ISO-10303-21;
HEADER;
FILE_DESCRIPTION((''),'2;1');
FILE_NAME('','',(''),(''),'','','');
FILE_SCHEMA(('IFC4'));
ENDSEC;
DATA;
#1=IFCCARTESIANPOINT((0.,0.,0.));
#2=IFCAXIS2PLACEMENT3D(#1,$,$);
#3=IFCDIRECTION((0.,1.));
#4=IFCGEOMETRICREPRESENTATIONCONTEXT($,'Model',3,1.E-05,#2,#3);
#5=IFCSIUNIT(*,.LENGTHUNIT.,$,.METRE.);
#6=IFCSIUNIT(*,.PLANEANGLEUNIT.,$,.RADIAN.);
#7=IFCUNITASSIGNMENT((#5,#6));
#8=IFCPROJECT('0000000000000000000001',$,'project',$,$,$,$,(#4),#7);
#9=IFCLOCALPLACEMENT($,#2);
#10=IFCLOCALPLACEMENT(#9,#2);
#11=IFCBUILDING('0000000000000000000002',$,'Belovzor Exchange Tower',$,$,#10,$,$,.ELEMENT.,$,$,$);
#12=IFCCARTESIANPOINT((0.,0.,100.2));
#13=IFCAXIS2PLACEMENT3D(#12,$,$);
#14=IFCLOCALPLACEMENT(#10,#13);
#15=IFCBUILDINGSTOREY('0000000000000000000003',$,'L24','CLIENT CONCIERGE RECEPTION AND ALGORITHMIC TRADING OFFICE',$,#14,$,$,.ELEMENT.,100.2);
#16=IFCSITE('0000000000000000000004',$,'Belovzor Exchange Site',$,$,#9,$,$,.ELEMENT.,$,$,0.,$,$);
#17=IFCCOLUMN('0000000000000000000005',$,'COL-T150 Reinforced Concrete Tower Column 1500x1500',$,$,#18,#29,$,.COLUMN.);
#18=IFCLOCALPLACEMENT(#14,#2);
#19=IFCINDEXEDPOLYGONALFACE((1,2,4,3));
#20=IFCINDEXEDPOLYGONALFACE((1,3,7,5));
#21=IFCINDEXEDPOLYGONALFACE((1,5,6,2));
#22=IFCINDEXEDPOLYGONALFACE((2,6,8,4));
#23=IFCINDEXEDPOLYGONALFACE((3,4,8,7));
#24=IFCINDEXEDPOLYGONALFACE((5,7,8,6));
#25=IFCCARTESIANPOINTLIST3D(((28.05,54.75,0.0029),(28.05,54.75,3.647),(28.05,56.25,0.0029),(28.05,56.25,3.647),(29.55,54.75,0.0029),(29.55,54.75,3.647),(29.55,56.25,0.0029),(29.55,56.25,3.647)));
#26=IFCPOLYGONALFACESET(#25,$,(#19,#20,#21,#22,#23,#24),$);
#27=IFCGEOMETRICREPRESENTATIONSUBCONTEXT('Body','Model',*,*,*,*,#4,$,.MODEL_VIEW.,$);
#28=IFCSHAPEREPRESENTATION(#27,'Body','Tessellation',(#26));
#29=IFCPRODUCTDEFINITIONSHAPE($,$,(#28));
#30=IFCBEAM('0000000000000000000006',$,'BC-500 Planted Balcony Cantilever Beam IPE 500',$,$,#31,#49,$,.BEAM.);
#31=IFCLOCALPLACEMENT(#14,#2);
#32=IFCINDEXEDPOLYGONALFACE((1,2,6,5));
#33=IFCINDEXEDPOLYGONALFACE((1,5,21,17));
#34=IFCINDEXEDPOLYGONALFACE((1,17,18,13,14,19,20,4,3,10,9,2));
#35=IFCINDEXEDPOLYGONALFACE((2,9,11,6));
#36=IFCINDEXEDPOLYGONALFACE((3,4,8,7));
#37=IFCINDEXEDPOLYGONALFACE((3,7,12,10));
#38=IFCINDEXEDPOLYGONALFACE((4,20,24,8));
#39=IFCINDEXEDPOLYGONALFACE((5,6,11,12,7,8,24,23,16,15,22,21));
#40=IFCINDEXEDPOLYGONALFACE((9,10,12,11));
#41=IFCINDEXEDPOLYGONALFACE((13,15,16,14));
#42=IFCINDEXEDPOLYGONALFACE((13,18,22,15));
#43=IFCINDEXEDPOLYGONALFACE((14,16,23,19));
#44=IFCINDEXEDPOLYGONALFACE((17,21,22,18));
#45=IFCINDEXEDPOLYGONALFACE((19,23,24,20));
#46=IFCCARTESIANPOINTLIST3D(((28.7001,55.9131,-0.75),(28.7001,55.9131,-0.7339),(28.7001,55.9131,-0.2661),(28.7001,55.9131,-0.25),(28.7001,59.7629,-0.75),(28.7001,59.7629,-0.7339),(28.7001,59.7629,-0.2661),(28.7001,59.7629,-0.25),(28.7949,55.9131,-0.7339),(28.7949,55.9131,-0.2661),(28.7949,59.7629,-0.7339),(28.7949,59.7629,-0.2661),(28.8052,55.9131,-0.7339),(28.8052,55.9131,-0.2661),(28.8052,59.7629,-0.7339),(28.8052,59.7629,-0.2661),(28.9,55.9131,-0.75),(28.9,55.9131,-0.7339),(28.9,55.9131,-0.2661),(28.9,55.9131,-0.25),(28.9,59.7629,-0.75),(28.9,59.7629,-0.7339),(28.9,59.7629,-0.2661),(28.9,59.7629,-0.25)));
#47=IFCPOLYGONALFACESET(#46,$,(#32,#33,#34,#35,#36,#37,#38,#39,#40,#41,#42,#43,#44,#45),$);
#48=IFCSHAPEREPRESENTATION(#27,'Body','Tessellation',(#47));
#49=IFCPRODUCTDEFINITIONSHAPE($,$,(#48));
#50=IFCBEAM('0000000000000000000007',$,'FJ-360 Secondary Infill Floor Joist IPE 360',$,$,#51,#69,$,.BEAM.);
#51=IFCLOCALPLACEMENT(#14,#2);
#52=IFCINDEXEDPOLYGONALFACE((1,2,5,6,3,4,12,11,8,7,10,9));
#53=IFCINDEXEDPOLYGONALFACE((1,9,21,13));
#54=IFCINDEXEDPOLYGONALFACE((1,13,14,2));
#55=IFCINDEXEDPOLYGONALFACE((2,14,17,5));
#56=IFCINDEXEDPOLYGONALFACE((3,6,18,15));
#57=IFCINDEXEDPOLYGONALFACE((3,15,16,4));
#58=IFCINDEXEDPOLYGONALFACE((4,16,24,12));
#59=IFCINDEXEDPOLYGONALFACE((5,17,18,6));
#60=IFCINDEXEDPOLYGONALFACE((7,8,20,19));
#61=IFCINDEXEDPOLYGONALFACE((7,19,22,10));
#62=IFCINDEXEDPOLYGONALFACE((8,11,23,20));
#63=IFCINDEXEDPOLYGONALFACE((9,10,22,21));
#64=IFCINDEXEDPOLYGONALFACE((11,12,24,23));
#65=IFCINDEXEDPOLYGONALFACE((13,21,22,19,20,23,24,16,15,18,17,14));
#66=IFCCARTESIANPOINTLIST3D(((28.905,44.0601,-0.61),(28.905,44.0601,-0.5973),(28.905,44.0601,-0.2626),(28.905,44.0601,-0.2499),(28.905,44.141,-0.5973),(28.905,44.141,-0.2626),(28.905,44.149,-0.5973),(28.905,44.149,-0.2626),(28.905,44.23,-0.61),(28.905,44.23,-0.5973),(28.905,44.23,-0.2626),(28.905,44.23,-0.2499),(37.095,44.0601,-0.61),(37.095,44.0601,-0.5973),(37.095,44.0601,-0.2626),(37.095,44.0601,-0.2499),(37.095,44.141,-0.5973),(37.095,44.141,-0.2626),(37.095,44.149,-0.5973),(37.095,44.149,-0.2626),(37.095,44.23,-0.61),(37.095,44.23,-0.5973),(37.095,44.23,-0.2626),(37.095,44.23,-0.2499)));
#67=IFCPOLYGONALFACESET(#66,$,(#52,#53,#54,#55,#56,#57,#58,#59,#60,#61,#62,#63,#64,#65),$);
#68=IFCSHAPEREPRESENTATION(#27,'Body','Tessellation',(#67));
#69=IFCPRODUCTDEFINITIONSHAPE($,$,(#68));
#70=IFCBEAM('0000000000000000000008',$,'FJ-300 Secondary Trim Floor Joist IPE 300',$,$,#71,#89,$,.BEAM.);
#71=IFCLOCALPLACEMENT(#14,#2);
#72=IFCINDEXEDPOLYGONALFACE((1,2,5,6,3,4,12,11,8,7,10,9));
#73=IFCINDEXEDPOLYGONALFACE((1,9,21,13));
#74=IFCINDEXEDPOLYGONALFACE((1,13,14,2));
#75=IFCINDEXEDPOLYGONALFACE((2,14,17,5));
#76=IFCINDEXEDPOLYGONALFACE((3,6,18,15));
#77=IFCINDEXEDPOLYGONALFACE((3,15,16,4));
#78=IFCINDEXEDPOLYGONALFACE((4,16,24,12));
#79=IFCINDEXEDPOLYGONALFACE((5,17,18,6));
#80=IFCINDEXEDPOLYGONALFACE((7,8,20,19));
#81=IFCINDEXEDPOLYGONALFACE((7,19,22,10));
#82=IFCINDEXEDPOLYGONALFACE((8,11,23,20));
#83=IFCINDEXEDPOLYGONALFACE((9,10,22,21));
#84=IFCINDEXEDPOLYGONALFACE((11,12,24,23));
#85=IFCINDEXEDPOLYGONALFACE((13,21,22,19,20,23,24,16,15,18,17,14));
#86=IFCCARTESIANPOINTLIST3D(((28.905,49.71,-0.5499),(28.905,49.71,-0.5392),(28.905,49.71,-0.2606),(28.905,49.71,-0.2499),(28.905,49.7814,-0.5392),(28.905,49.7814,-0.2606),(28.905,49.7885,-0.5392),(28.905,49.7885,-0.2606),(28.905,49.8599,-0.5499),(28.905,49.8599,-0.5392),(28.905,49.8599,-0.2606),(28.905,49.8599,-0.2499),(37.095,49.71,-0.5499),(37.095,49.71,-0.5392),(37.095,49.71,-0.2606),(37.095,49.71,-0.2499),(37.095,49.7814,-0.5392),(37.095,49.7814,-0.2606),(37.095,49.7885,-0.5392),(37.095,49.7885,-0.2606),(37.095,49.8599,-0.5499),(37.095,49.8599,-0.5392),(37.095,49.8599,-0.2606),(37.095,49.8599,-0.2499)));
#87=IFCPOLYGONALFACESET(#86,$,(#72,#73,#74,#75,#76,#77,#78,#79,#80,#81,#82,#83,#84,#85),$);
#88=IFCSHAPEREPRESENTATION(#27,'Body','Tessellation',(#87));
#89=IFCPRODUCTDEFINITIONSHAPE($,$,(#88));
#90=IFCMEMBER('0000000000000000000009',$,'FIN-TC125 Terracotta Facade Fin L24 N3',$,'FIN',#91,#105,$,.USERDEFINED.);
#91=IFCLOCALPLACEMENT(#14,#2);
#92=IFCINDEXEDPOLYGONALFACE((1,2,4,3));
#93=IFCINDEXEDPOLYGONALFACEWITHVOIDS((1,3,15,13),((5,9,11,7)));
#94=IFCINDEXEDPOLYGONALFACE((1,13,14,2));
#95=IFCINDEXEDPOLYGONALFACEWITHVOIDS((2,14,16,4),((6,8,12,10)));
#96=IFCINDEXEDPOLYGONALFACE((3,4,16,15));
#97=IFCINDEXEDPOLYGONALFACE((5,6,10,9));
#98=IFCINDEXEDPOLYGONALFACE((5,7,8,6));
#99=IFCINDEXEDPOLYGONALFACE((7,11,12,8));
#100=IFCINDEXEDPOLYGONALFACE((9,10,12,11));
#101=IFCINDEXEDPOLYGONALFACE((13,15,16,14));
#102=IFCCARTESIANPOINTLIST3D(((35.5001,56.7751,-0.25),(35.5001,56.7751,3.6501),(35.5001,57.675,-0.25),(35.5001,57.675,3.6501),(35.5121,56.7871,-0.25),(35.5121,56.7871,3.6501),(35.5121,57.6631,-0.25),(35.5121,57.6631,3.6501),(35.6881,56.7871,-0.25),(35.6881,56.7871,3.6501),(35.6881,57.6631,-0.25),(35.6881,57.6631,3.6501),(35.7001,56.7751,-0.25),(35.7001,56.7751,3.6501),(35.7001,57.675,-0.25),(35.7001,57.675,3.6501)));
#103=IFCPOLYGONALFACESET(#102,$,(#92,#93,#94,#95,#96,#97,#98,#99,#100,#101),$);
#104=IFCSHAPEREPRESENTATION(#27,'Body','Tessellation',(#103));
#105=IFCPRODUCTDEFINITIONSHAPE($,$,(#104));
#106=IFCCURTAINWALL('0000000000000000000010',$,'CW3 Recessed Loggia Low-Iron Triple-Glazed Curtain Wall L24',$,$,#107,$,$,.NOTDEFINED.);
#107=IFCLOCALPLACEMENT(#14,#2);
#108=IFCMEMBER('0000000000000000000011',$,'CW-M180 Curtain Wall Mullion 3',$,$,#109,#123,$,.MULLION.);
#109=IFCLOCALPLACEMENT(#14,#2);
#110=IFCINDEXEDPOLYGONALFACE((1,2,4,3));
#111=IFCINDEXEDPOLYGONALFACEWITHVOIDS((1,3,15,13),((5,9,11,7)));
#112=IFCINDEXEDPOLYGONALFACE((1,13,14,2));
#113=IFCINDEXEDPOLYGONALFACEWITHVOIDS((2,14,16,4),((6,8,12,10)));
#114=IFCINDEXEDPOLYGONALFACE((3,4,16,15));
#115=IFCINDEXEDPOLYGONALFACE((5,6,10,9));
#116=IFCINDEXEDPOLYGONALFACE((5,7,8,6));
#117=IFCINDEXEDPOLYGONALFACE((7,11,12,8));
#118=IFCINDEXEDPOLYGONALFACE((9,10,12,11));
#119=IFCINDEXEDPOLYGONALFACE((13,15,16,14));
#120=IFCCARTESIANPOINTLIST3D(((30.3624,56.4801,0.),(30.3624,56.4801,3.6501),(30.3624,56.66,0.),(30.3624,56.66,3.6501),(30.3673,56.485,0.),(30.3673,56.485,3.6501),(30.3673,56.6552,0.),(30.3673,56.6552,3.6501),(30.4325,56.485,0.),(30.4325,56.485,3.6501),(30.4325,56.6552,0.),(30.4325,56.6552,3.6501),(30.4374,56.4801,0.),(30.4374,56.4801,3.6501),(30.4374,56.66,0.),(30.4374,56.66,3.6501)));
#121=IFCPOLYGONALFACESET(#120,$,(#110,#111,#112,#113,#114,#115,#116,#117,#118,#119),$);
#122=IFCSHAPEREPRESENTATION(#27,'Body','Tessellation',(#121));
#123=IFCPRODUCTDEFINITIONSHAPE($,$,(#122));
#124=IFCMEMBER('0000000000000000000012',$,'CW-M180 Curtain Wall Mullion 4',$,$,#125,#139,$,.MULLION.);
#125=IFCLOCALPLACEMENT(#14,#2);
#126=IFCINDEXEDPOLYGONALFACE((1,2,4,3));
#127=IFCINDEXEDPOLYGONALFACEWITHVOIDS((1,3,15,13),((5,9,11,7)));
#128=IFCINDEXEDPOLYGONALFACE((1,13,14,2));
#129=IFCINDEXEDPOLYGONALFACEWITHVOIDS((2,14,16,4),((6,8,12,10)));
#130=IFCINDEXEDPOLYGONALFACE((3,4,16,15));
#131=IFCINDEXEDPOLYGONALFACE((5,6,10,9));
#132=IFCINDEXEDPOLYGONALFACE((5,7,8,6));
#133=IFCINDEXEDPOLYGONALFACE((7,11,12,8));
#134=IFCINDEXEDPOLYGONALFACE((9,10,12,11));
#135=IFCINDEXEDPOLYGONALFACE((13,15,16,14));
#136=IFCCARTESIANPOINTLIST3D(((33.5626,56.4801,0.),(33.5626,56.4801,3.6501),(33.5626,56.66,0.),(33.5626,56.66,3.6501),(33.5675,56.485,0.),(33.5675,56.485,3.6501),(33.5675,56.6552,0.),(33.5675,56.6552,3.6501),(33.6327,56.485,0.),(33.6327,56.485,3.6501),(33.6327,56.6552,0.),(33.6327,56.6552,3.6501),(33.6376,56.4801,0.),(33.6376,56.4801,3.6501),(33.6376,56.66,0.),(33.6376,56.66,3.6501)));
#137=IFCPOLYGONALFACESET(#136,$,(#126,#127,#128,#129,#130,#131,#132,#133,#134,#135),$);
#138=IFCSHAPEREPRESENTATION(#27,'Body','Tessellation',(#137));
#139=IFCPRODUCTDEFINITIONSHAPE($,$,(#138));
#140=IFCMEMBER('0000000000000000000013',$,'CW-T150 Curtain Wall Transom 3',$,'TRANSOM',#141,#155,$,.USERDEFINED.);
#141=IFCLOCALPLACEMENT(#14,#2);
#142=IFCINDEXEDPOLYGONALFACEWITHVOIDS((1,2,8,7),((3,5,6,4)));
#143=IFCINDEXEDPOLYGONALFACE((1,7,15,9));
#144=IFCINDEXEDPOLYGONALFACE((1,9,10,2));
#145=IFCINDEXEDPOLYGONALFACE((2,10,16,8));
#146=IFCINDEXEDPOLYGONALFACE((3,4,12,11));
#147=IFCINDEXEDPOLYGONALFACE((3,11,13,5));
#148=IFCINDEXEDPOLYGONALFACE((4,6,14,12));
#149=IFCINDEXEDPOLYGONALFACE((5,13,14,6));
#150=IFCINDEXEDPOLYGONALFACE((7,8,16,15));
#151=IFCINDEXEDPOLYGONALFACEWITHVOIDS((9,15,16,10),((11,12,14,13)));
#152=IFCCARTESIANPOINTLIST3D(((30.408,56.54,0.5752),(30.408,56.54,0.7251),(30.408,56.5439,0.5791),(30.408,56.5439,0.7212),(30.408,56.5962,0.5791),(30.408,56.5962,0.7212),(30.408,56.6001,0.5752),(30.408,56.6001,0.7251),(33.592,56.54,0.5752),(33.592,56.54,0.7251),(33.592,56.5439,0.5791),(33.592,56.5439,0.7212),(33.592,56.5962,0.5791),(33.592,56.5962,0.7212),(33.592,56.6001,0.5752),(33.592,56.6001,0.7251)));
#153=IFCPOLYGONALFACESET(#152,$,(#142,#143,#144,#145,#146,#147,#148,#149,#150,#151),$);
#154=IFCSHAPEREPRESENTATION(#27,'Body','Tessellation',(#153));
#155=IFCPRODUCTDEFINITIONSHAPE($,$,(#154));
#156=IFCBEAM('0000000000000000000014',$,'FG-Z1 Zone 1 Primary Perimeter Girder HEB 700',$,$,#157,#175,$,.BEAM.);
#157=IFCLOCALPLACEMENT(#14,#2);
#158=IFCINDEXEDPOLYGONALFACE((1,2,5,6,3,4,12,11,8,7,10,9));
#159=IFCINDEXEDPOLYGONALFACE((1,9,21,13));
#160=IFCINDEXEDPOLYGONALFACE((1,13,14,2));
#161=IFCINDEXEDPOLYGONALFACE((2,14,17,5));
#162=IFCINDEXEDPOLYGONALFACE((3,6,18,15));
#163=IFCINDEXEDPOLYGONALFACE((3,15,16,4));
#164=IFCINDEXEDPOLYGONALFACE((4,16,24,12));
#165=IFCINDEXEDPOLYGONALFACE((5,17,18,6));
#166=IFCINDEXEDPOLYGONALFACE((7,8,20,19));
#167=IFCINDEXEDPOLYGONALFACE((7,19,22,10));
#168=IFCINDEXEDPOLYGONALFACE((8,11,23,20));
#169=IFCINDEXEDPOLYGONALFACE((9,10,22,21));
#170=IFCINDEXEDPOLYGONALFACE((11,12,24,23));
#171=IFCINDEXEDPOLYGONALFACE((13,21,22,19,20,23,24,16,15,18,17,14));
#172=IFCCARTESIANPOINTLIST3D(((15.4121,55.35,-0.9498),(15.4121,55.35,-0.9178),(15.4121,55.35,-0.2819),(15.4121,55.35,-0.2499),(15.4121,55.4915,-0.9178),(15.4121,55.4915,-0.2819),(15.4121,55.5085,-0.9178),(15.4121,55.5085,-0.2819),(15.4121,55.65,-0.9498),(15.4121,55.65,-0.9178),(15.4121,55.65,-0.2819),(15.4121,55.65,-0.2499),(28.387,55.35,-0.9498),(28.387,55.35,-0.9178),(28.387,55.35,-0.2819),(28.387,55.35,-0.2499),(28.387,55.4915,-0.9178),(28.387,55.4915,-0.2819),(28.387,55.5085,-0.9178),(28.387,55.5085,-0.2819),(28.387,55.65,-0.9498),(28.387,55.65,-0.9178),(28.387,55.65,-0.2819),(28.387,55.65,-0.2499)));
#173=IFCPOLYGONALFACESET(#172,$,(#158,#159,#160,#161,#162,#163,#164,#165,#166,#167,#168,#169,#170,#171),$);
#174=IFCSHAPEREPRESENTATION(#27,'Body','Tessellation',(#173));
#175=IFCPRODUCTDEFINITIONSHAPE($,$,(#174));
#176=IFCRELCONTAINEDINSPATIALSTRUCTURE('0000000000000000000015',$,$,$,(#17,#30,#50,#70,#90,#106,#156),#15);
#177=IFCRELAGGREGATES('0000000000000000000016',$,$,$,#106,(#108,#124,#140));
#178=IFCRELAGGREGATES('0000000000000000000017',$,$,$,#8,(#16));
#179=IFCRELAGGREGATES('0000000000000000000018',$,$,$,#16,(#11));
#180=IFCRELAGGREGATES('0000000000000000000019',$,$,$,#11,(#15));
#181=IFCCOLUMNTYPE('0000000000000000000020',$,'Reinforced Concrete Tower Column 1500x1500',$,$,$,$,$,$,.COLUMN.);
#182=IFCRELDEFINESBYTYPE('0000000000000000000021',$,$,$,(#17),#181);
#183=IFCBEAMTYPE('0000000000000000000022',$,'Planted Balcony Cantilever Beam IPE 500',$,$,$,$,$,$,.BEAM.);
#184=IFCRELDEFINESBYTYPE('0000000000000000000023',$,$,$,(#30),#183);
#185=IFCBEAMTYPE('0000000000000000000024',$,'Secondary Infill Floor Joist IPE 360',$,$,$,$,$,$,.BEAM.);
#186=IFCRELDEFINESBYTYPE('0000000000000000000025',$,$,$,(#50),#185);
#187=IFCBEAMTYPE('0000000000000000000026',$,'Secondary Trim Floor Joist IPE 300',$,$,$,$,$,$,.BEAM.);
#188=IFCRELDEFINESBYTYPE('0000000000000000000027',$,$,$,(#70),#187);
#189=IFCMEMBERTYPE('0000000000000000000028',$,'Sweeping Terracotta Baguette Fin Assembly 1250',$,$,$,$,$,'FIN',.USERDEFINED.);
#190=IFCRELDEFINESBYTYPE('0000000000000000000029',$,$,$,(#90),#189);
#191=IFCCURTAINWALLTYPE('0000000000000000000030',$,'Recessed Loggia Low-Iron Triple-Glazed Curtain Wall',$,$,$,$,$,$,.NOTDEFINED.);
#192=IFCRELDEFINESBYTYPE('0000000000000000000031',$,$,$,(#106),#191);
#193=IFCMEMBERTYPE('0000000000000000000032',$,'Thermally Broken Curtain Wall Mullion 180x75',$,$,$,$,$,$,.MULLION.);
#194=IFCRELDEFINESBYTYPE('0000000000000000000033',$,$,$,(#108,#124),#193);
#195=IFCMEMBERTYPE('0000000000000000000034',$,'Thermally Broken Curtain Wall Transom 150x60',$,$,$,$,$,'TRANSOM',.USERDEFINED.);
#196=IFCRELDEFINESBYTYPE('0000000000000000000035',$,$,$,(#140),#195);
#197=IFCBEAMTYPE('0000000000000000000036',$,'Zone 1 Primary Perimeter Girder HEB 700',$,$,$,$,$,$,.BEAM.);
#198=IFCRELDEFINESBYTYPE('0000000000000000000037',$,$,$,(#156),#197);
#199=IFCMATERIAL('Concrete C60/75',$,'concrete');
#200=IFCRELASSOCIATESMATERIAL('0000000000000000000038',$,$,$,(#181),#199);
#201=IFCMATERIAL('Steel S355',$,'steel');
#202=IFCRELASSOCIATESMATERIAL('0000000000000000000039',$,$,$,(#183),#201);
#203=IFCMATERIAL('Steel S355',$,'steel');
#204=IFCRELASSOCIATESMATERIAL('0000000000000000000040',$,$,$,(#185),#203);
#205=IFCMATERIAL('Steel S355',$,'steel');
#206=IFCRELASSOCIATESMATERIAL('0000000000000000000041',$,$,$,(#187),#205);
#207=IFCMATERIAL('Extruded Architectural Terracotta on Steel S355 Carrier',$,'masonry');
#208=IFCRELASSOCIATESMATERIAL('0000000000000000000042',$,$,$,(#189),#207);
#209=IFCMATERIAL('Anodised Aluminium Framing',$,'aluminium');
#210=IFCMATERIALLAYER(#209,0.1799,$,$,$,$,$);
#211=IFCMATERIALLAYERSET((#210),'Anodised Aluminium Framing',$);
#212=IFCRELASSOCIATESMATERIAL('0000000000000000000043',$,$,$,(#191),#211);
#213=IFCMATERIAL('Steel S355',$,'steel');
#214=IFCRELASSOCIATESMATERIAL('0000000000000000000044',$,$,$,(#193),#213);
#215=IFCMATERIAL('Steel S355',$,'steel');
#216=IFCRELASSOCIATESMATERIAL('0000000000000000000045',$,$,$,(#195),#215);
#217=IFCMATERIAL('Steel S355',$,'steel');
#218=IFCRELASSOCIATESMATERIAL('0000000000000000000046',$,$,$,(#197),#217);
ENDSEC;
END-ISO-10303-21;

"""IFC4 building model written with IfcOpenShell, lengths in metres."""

from ifc_helpers import new_model, si_unit, direction, frame, origin, origin_2d, place, context, subcontext, project, spatial, rectangle, hollow_rectangle, i_section, extrude, material, layer, layer_set, material_profile, profile_set, type_object, element, aggregate, save


model = new_model("IFC4")

# Units and contexts
model_context = context("Model", 3, precision=1e-05, world=origin(), true_north=direction((0.0, 1.0)))
body_context = subcontext(model_context, "Body", "Model", "MODEL_VIEW")
ifc_project = project(units=[si_unit("LENGTHUNIT", "METRE"), si_unit("PLANEANGLEUNIT", "RADIAN")], contexts=[model_context])

# Site, building, storey
site_placement = place(None, origin())
site = spatial("IfcSite", under=ifc_project, at=site_placement, Name="Belovzor Exchange Site", CompositionType="ELEMENT", RefElevation=0.0)
building_placement = place(site_placement, origin())
building = spatial("IfcBuilding", under=site, at=building_placement, Name="Belovzor Exchange Tower", CompositionType="ELEMENT")
storey_placement = place(building_placement, frame((0.0, 0.0, 100.2)))
storey = spatial("IfcBuildingStorey", under=building, at=storey_placement, Name="L24", Description="CLIENT CONCIERGE RECEPTION AND ALGORITHMIC TRADING OFFICE", CompositionType="ELEMENT", Elevation=100.2)

# Column
ifc_material_1 = material(Name="Concrete C60/75", Category="concrete")
ifc_material_profile_1 = material_profile(ifc_material_1, rectangle(XDim=1.5, YDim=1.5, at=origin_2d()))
ifc_profile_set_1 = profile_set([ifc_material_profile_1], Name="Concrete C60/75")
column_type = type_object("IfcColumnType", Name="Reinforced Concrete Tower Column 1500x1500", PredefinedType="COLUMN", material=ifc_profile_set_1)
column_placement = place(storey_placement, frame((28.8, 55.5, 0.0029), z_axis=(0.0, 0.0, 1.0), x_axis=(1.0, 0.0, 0.0)))
element("IfcColumn", 1, at=column_placement, inside=storey, type_object=column_type, Name="COL-T150 Reinforced Concrete Tower Column 1500x1500", PredefinedType="COLUMN", context=body_context, shape_type="SweptSolid", body=[
    extrude(rectangle(XDim=1.5, YDim=1.5, at=origin_2d()), origin(), (0.0, 0.0, 1.0), 3.644),
])

# Beams
ifc_material_2 = material(Name="Steel S355", Category="steel")
ifc_material_profile_2 = material_profile(ifc_material_2, i_section(OverallWidth=0.2, OverallDepth=0.5, WebThickness=0.0103, FlangeThickness=0.0161, at=origin_2d()))
ifc_profile_set_2 = profile_set([ifc_material_profile_2], Name="Steel S355")
beam_type_1 = type_object("IfcBeamType", Name="Planted Balcony Cantilever Beam IPE 500", PredefinedType="BEAM", material=ifc_profile_set_2)
beam_1_placement = place(storey_placement, frame((28.8, 55.9131, -0.5), z_axis=(0.0, 1.0, 0.0), x_axis=(-1.0, 0.0, 0.0)))
element("IfcBeam", 2, at=beam_1_placement, inside=storey, type_object=beam_type_1, Name="BC-500 Planted Balcony Cantilever Beam IPE 500", PredefinedType="BEAM", context=body_context, shape_type="SweptSolid", body=[
    extrude(i_section(OverallWidth=0.2, OverallDepth=0.5, WebThickness=0.0103, FlangeThickness=0.0161, at=origin_2d()), origin(), (0.0, 0.0, 1.0), 3.8499),
])
ifc_material_3 = material(Name="Steel S355", Category="steel")
ifc_material_profile_3 = material_profile(ifc_material_3, i_section(OverallWidth=0.1699, OverallDepth=0.3601, WebThickness=0.0081, FlangeThickness=0.0127, at=origin_2d()))
ifc_profile_set_3 = profile_set([ifc_material_profile_3], Name="Steel S355")
beam_type_2 = type_object("IfcBeamType", Name="Secondary Infill Floor Joist IPE 360", PredefinedType="BEAM", material=ifc_profile_set_3)
beam_2_placement = place(storey_placement, frame((28.905, 44.145, -0.4299), z_axis=(1.0, 0.0, 0.0), x_axis=(0.0, 1.0, 0.0)))
element("IfcBeam", 3, at=beam_2_placement, inside=storey, type_object=beam_type_2, Name="FJ-360 Secondary Infill Floor Joist IPE 360", PredefinedType="BEAM", context=body_context, shape_type="SweptSolid", body=[
    extrude(i_section(OverallWidth=0.1699, OverallDepth=0.3601, WebThickness=0.0081, FlangeThickness=0.0127, at=origin_2d()), origin(), (0.0, 0.0, 1.0), 8.1899),
])
ifc_material_4 = material(Name="Steel S355", Category="steel")
ifc_material_profile_4 = material_profile(ifc_material_4, i_section(OverallWidth=0.1499, OverallDepth=0.3, WebThickness=0.0071, FlangeThickness=0.0107, at=origin_2d()))
ifc_profile_set_4 = profile_set([ifc_material_profile_4], Name="Steel S355")
beam_type_3 = type_object("IfcBeamType", Name="Secondary Trim Floor Joist IPE 300", PredefinedType="BEAM", material=ifc_profile_set_4)
beam_3_placement = place(storey_placement, frame((28.905, 49.7849, -0.3999), z_axis=(1.0, 0.0, 0.0), x_axis=(0.0, 1.0, 0.0)))
element("IfcBeam", 4, at=beam_3_placement, inside=storey, type_object=beam_type_3, Name="FJ-300 Secondary Trim Floor Joist IPE 300", PredefinedType="BEAM", context=body_context, shape_type="SweptSolid", body=[
    extrude(i_section(OverallWidth=0.1499, OverallDepth=0.3, WebThickness=0.0071, FlangeThickness=0.0107, at=origin_2d()), origin(), (0.0, 0.0, 1.0), 8.1899),
])

# Member
ifc_material_5 = material(Name="Extruded Architectural Terracotta on Steel S355 Carrier", Category="masonry")
ifc_material_profile_5 = material_profile(ifc_material_5, hollow_rectangle(XDim=0.2, YDim=0.8999, WallThickness=0.012, at=origin_2d()))
ifc_profile_set_5 = profile_set([ifc_material_profile_5], Name="Extruded Architectural Terracotta on Steel S355 Carrier")
member_type_1 = type_object("IfcMemberType", Name="Sweeping Terracotta Baguette Fin Assembly 1250", ElementType="FIN", PredefinedType="USERDEFINED", material=ifc_profile_set_5)
member_1_placement = place(storey_placement, frame((35.6001, 57.2251, -0.25), z_axis=(0.0, 0.0, 1.0), x_axis=(1.0, 0.0, 0.0)))
element("IfcMember", 5, at=member_1_placement, inside=storey, type_object=member_type_1, Name="FIN-TC125 Terracotta Facade Fin L24 N3", ObjectType="FIN", PredefinedType="USERDEFINED", context=body_context, shape_type="SweptSolid", body=[
    extrude(hollow_rectangle(XDim=0.2, YDim=0.8999, WallThickness=0.012, at=origin_2d()), origin(), (0.0, 0.0, 1.0), 3.9001),
])

# Curtain wall, members
ifc_material_6 = material(Name="Anodised Aluminium Framing", Category="aluminium")
ifc_layer_1 = layer(ifc_material_6, 0.1799)
ifc_layer_set_1 = layer_set([ifc_layer_1], Name="Anodised Aluminium Framing")
curtain_wall_type = type_object("IfcCurtainWallType", Name="Recessed Loggia Low-Iron Triple-Glazed Curtain Wall", PredefinedType="NOTDEFINED", material=ifc_layer_set_1)
curtain_wall_placement = place(storey_placement, origin())
curtain_wall = element("IfcCurtainWall", 6, at=curtain_wall_placement, inside=storey, type_object=curtain_wall_type, Name="CW3 Recessed Loggia Low-Iron Triple-Glazed Curtain Wall L24", PredefinedType="NOTDEFINED")
ifc_material_7 = material(Name="Steel S355", Category="steel")
ifc_material_profile_6 = material_profile(ifc_material_7, hollow_rectangle(XDim=0.075, YDim=0.1799, WallThickness=0.0049, at=origin_2d()))
ifc_profile_set_6 = profile_set([ifc_material_profile_6], Name="Steel S355")
member_type_2 = type_object("IfcMemberType", Name="Thermally Broken Curtain Wall Mullion 180x75", PredefinedType="MULLION", material=ifc_profile_set_6)
member_2_placement = place(storey_placement, frame((30.3999, 56.5701, 0.0), z_axis=(0.0, 0.0, 1.0), x_axis=(1.0, 0.0, 0.0)))
member_2 = element("IfcMember", 7, at=member_2_placement, type_object=member_type_2, Name="CW-M180 Curtain Wall Mullion 3", PredefinedType="MULLION", context=body_context, shape_type="SweptSolid", body=[
    extrude(hollow_rectangle(XDim=0.075, YDim=0.1799, WallThickness=0.0049, at=origin_2d()), origin(), (0.0, 0.0, 1.0), 3.6501),
])
member_3_placement = place(storey_placement, frame((33.6001, 56.5701, 0.0), z_axis=(0.0, 0.0, 1.0), x_axis=(1.0, 0.0, 0.0)))
member_3 = element("IfcMember", 8, at=member_3_placement, type_object=member_type_2, Name="CW-M180 Curtain Wall Mullion 4", PredefinedType="MULLION", context=body_context, shape_type="SweptSolid", body=[
    extrude(hollow_rectangle(XDim=0.075, YDim=0.1799, WallThickness=0.0049, at=origin_2d()), origin(), (0.0, 0.0, 1.0), 3.6501),
])
ifc_material_8 = material(Name="Steel S355", Category="steel")
ifc_material_profile_7 = material_profile(ifc_material_8, hollow_rectangle(XDim=0.0601, YDim=0.1499, WallThickness=0.0039, at=origin_2d()))
ifc_profile_set_7 = profile_set([ifc_material_profile_7], Name="Steel S355")
member_type_3 = type_object("IfcMemberType", Name="Thermally Broken Curtain Wall Transom 150x60", ElementType="TRANSOM", PredefinedType="USERDEFINED", material=ifc_profile_set_7)
member_4_placement = place(storey_placement, frame((30.408, 56.5701, 0.6501), z_axis=(1.0, 0.0, 0.0), x_axis=(0.0, 1.0, 0.0)))
member_4 = element("IfcMember", 9, at=member_4_placement, type_object=member_type_3, Name="CW-T150 Curtain Wall Transom 3", ObjectType="TRANSOM", PredefinedType="USERDEFINED", context=body_context, shape_type="SweptSolid", body=[
    extrude(hollow_rectangle(XDim=0.0601, YDim=0.1499, WallThickness=0.0039, at=origin_2d()), origin(), (0.0, 0.0, 1.0), 3.1841),
])

# Beam
ifc_material_9 = material(Name="Steel S355", Category="steel")
ifc_material_profile_8 = material_profile(ifc_material_9, i_section(OverallWidth=0.3, OverallDepth=0.7, WebThickness=0.0171, FlangeThickness=0.032, at=origin_2d()))
ifc_profile_set_8 = profile_set([ifc_material_profile_8], Name="Steel S355")
beam_type_4 = type_object("IfcBeamType", Name="Zone 1 Primary Perimeter Girder HEB 700", PredefinedType="BEAM", material=ifc_profile_set_8)
beam_4_placement = place(storey_placement, frame((28.387, 55.5, -0.5999), z_axis=(-1.0, 0.0, 0.0), x_axis=(0.0, -1.0, 0.0)))
element("IfcBeam", 10, at=beam_4_placement, inside=storey, type_object=beam_type_4, Name="FG-Z1 Zone 1 Primary Perimeter Girder HEB 700", PredefinedType="BEAM", context=body_context, shape_type="SweptSolid", body=[
    extrude(i_section(OverallWidth=0.3, OverallDepth=0.7, WebThickness=0.0171, FlangeThickness=0.032, at=origin_2d()), origin(), (0.0, 0.0, 1.0), 12.9749),
])

aggregate(curtain_wall, [member_2, member_3, member_4])

save(model, "model.ifc")
